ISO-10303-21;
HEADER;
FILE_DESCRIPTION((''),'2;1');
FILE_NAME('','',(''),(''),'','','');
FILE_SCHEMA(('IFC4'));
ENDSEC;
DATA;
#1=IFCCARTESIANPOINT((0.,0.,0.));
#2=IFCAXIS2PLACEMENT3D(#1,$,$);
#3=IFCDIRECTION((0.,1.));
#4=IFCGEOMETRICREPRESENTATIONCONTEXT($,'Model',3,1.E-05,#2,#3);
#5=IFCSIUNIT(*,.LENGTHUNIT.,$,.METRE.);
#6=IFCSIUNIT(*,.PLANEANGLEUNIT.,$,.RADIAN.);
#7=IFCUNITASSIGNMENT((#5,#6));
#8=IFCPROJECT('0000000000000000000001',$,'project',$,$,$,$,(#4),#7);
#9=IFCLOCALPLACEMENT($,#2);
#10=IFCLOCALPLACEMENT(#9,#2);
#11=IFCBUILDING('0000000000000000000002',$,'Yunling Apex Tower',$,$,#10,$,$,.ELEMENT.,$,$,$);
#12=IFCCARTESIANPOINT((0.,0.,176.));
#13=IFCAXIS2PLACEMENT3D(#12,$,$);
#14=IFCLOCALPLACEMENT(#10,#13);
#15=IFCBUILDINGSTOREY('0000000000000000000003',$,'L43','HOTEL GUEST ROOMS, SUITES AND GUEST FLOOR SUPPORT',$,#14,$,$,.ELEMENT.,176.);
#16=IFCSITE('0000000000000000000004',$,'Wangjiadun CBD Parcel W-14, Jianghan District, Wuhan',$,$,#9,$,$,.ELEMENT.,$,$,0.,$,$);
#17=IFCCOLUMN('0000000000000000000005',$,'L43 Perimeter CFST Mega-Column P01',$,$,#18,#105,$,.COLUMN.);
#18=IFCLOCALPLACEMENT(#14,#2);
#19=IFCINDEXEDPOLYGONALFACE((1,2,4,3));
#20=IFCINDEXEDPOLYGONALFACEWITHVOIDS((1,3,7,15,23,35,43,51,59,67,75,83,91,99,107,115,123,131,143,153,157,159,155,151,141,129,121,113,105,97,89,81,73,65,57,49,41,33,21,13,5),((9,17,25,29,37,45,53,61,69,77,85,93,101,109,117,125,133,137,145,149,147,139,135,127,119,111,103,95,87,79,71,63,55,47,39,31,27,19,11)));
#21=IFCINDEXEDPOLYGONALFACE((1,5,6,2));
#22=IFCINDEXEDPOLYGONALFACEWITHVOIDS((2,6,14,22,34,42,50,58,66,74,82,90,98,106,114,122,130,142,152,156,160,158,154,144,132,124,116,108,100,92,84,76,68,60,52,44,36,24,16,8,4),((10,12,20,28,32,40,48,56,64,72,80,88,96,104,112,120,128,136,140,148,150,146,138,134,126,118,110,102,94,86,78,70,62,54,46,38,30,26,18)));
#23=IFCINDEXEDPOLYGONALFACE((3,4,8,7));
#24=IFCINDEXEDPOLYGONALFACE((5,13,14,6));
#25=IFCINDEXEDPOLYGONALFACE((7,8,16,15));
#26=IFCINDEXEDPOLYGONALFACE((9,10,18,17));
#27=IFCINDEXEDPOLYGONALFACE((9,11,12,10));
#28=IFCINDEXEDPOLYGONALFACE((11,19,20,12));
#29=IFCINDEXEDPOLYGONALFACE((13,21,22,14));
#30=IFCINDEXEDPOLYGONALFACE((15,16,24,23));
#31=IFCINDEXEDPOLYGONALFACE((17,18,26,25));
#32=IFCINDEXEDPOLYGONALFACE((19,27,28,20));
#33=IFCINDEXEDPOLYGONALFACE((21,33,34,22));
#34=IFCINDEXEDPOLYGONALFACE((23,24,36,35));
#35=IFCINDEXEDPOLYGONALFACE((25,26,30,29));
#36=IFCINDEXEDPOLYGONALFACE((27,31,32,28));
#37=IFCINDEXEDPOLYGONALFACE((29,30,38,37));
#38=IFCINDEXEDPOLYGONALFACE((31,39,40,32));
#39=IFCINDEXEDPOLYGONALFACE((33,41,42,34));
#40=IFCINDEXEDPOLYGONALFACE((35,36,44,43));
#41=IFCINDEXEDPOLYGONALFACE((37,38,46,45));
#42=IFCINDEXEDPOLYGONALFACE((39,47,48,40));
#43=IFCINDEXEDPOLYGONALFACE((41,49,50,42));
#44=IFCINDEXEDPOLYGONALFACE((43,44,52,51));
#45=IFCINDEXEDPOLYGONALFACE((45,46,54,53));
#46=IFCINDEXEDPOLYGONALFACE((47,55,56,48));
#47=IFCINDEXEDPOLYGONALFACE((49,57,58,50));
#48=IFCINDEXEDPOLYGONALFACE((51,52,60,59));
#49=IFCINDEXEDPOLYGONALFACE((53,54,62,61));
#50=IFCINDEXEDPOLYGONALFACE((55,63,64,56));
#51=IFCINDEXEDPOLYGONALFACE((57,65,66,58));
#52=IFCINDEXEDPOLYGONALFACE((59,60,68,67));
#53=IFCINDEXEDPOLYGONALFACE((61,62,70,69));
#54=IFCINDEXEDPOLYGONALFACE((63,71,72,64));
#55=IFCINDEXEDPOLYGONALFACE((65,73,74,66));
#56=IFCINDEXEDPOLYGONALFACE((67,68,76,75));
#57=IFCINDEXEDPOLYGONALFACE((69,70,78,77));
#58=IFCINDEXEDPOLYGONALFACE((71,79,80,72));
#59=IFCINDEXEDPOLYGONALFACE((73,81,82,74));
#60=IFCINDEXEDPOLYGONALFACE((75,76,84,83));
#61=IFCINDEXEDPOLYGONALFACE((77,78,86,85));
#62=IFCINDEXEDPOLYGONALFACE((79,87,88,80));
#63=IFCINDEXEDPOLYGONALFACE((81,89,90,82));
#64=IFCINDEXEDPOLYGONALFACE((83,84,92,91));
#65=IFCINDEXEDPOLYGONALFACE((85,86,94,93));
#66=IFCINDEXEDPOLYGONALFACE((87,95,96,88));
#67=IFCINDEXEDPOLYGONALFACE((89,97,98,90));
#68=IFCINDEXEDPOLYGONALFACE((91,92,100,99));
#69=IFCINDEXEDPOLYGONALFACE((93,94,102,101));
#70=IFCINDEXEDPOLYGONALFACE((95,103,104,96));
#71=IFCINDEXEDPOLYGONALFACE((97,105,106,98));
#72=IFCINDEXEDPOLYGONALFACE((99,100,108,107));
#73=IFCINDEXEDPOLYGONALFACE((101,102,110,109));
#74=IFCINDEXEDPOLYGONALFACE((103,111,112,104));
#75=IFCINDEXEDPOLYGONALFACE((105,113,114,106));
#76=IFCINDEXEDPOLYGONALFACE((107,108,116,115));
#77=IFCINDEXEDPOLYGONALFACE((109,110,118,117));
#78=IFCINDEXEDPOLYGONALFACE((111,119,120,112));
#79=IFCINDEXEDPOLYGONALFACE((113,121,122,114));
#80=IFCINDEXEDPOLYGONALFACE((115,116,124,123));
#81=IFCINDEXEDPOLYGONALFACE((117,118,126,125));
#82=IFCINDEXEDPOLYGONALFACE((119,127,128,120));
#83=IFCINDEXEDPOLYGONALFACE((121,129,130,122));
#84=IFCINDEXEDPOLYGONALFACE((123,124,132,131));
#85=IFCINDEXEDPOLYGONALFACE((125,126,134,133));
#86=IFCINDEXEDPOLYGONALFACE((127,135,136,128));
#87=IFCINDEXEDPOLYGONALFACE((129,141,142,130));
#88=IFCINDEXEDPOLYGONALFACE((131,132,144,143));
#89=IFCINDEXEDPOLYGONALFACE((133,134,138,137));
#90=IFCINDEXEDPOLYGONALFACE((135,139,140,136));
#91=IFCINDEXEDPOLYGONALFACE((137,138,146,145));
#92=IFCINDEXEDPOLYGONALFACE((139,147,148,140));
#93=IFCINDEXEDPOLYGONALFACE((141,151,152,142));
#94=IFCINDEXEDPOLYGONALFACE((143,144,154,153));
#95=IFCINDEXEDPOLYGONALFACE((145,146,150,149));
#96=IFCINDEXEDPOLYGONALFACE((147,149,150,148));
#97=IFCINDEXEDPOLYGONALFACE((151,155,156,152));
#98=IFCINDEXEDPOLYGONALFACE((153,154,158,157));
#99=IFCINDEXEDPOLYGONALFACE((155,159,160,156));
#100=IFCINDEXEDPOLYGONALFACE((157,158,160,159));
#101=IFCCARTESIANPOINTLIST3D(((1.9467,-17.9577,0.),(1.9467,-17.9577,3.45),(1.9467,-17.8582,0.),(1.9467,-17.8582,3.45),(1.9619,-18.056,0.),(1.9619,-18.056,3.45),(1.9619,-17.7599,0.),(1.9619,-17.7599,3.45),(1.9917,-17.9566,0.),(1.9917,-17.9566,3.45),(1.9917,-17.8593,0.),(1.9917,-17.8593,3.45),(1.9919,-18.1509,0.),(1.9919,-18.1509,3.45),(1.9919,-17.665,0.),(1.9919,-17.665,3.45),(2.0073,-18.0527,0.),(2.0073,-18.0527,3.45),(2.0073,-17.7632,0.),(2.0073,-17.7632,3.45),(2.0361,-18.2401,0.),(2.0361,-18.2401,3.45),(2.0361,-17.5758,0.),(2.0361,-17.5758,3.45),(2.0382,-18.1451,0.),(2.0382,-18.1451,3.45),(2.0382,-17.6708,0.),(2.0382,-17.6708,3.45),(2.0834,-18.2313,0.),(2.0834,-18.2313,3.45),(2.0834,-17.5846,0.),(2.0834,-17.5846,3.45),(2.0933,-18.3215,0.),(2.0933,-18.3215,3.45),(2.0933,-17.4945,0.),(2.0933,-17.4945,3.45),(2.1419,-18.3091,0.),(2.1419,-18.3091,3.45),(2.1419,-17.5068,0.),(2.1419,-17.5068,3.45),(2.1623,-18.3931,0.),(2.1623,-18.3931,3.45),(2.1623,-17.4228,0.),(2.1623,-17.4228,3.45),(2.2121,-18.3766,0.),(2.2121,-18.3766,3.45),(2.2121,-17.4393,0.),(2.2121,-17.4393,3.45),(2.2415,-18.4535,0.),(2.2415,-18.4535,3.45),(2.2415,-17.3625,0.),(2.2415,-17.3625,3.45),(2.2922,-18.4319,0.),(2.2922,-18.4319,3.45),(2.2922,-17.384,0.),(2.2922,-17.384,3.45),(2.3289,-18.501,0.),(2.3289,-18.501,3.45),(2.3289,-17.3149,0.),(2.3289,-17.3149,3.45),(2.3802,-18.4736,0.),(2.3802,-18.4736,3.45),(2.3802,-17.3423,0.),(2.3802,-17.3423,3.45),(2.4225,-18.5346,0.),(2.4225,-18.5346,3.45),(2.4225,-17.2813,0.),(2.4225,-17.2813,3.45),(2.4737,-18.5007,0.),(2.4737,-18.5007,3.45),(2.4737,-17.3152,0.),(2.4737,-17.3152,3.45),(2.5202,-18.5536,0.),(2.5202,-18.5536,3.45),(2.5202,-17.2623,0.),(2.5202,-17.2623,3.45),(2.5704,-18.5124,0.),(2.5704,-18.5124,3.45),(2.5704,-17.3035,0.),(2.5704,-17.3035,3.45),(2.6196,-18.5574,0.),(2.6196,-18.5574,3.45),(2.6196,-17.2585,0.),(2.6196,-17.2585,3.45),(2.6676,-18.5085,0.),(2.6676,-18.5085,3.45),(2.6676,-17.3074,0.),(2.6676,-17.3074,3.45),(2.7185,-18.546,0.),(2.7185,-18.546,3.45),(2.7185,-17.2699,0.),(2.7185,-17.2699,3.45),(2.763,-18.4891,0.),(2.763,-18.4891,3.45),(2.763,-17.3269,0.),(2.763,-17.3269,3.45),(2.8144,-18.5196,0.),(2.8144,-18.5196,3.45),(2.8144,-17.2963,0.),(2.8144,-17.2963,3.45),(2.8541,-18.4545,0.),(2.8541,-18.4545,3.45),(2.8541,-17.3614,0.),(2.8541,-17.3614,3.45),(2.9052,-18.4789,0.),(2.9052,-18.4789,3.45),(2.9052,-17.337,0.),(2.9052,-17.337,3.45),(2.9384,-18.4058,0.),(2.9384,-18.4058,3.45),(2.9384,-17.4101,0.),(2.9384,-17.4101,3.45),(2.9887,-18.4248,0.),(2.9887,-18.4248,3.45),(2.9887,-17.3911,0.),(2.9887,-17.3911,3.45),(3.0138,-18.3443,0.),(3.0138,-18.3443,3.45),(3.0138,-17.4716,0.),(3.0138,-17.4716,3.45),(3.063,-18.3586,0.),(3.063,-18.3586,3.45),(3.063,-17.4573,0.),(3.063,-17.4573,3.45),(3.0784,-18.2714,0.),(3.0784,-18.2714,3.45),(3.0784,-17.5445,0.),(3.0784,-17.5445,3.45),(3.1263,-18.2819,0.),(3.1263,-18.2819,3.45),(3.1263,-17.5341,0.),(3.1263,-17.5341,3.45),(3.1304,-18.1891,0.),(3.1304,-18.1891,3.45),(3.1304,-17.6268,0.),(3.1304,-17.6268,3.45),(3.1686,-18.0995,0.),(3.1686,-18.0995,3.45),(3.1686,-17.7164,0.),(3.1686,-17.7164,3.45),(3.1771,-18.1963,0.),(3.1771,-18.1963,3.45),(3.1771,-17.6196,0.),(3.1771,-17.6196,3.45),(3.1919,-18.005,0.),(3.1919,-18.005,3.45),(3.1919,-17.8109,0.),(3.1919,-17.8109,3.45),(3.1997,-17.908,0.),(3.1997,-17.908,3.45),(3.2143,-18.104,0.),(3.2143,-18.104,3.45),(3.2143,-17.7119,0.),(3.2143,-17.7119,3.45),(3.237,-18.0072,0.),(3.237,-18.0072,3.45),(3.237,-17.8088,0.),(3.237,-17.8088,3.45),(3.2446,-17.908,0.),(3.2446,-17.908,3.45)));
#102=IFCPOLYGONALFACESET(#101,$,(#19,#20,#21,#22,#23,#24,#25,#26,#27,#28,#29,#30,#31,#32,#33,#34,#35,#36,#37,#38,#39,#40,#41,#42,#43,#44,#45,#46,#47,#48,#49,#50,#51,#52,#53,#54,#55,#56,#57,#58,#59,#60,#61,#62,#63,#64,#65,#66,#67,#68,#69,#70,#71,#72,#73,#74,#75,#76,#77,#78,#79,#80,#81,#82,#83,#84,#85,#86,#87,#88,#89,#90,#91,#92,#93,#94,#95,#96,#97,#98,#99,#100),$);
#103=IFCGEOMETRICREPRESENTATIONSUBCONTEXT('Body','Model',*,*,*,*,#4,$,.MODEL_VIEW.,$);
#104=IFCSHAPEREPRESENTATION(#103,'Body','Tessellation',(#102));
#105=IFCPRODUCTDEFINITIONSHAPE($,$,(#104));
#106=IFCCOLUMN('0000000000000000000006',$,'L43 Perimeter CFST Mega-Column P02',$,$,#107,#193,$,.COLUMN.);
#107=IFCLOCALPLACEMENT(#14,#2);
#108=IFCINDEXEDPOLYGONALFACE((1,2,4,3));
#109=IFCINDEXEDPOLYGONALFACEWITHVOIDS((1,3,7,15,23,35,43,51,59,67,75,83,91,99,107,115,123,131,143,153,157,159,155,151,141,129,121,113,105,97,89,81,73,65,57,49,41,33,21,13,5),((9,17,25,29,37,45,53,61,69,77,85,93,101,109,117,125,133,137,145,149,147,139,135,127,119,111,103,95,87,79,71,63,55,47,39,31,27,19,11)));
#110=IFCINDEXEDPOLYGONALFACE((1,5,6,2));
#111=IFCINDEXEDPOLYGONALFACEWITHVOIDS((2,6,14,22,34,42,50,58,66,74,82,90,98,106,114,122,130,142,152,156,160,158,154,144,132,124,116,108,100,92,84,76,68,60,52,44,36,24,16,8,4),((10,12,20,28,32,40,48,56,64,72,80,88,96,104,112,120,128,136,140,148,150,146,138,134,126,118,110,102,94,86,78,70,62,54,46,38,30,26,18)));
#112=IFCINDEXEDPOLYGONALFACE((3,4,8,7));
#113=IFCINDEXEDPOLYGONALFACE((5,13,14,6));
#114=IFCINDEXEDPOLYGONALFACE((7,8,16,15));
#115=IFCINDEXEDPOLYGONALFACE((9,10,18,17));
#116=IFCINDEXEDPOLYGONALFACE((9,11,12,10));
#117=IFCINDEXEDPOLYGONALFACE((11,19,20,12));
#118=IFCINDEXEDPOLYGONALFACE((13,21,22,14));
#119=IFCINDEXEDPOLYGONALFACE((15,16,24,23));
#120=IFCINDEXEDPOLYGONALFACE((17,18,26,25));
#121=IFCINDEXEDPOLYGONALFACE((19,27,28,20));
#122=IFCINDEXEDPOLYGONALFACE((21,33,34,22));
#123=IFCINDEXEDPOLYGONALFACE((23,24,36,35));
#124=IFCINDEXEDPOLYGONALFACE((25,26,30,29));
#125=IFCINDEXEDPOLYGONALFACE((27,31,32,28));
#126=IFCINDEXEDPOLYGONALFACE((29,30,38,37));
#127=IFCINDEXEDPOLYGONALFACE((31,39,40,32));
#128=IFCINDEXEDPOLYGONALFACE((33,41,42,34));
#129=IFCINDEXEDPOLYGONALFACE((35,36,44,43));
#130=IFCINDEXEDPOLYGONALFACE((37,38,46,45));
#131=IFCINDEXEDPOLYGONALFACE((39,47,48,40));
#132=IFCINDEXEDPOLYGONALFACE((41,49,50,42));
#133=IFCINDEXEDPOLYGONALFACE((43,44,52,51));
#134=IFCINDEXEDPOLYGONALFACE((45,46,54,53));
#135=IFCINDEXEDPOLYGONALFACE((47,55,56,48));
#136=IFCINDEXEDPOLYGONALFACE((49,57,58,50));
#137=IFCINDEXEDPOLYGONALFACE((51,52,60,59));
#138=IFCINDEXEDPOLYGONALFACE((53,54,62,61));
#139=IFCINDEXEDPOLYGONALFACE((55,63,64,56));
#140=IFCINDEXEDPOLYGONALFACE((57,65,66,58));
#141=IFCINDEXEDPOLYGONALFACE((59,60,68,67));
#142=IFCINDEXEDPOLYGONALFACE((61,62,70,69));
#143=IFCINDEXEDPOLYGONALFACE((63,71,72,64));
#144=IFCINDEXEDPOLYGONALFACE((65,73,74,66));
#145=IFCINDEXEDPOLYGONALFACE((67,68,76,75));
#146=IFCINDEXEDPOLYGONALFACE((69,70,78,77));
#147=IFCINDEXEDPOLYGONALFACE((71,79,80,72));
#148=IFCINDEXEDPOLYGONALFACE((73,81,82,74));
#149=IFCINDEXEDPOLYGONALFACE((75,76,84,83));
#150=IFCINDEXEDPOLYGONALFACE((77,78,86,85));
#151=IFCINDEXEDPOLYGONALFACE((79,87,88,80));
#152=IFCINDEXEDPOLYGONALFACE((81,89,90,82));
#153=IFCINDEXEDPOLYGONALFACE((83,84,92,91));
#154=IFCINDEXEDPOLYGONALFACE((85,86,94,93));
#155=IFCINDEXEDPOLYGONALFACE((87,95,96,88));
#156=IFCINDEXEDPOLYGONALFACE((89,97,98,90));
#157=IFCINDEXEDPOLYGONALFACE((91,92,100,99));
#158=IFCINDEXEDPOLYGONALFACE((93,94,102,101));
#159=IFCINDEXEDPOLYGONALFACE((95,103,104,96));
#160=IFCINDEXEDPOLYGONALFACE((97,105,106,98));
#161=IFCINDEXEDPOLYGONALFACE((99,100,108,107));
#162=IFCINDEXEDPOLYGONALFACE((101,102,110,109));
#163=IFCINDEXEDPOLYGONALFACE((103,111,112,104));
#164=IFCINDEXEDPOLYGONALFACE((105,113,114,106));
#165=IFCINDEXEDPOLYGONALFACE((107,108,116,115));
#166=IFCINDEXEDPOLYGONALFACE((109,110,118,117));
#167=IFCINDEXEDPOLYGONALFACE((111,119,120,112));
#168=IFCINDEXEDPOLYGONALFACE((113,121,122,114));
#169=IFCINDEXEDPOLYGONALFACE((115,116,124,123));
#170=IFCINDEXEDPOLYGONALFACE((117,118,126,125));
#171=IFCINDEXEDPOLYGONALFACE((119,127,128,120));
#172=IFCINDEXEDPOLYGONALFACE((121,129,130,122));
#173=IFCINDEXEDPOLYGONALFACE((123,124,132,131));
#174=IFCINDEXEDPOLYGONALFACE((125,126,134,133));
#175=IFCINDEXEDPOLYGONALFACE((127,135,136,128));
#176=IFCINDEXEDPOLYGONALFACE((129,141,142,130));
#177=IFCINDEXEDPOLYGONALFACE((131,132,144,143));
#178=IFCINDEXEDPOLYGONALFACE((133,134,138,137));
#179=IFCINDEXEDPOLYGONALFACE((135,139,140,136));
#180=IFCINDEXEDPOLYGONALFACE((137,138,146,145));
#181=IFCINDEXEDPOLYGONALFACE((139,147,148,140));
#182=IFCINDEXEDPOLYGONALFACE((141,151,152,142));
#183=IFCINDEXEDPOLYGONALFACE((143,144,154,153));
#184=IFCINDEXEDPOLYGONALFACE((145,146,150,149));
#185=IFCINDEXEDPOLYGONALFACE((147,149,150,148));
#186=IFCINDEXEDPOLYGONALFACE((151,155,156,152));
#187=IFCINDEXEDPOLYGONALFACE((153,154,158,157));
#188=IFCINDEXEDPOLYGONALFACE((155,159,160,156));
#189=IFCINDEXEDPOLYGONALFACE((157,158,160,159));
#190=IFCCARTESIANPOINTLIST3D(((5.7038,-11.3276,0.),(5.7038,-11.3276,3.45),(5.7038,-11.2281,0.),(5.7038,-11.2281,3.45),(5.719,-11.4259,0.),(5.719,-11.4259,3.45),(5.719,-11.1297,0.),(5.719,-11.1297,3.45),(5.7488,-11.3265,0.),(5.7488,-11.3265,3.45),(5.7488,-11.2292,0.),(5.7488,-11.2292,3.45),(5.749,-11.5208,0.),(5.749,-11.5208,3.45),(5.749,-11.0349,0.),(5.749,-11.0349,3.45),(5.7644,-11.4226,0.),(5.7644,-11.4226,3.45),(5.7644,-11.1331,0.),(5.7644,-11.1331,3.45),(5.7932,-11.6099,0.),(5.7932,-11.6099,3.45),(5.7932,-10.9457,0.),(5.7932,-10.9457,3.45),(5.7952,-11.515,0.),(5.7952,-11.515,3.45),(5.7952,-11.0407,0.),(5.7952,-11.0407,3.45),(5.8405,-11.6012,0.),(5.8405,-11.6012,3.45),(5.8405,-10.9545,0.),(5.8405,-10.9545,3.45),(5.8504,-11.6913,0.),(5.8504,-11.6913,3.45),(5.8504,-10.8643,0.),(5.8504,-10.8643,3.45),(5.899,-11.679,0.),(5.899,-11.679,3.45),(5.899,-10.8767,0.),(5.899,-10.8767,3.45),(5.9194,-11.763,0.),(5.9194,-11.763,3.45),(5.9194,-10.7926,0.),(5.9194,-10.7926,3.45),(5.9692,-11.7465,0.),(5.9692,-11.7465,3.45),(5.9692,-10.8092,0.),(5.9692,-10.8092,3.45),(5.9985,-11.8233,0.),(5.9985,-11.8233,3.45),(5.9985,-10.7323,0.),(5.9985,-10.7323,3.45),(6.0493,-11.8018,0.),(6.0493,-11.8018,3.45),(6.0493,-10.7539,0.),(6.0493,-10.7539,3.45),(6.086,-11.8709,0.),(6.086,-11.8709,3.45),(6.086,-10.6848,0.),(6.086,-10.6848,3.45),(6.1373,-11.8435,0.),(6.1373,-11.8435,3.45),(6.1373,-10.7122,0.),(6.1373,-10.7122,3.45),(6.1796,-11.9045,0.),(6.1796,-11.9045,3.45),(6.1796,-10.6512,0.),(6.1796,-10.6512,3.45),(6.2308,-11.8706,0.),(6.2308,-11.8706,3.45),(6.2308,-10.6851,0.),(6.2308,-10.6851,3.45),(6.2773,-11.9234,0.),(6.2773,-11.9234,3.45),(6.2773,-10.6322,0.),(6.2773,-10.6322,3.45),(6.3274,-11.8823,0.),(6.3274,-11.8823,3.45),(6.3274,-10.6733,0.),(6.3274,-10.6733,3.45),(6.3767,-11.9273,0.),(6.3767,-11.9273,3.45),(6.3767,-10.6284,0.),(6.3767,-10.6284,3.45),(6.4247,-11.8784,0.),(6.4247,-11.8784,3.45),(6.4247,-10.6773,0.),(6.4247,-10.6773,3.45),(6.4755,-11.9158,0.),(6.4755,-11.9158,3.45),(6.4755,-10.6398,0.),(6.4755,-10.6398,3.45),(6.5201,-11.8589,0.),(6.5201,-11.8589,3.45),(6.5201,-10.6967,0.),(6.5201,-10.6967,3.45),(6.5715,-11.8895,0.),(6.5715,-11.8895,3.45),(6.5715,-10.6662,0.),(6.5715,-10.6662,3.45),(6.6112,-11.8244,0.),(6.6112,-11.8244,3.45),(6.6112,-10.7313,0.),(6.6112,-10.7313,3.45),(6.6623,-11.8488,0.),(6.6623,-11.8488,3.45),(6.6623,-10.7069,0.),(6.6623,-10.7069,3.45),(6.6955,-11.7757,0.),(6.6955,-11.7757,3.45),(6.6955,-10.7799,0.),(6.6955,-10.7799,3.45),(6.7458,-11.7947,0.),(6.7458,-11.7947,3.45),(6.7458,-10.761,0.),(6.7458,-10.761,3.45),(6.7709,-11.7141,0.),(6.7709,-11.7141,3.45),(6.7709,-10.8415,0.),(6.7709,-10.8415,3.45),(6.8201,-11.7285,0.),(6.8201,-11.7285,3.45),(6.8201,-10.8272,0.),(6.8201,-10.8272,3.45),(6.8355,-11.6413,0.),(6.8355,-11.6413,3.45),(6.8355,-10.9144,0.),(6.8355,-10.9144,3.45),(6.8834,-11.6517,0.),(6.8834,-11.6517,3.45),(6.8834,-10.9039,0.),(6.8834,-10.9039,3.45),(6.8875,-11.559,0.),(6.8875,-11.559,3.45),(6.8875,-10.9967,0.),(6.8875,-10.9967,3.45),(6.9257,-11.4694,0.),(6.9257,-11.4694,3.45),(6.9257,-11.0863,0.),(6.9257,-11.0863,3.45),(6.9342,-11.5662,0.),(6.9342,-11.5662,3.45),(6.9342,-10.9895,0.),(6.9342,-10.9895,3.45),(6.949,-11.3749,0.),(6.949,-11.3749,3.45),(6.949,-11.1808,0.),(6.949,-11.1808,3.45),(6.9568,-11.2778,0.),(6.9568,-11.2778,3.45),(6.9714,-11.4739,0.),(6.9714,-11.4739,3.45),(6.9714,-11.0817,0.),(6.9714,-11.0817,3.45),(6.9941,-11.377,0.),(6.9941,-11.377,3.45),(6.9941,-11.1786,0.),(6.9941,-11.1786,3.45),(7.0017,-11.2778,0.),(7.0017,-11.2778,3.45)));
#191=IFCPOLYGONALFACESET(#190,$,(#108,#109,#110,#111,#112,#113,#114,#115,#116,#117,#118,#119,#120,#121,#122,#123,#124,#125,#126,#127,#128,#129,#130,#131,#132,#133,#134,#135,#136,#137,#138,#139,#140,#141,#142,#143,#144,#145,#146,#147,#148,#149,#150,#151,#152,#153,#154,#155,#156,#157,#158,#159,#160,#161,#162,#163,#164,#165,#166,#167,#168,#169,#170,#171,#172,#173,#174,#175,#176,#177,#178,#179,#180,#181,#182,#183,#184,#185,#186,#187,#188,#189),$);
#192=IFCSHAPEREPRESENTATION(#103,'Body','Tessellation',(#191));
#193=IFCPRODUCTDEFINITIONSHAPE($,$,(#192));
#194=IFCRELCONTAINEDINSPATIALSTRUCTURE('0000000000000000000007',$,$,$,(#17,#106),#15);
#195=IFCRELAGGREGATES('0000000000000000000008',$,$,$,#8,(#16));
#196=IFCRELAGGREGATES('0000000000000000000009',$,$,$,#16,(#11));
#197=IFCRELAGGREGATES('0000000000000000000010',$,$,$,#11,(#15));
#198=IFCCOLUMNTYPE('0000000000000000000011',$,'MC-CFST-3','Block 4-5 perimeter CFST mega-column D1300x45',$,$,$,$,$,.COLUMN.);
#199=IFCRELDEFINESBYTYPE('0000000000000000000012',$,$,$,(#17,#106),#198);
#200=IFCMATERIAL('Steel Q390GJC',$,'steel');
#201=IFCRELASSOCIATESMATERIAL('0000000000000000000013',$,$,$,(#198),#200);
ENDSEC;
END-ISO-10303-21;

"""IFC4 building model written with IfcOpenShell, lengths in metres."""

from ifc_helpers import new_model, si_unit, direction, frame, origin, origin_2d, place, context, subcontext, project, spatial, hollow_circle, extrude, source, transform, mapped, material, material_profile, profile_set, type_object, element, save


model = new_model("IFC4")

# Units and contexts
model_context = context("Model", 3, precision=1e-05, world=origin(), true_north=direction((0.0, 1.0)))
body_context = subcontext(model_context, "Body", "Model", "MODEL_VIEW")
ifc_project = project(units=[si_unit("LENGTHUNIT", "METRE"), si_unit("PLANEANGLEUNIT", "RADIAN")], contexts=[model_context])

# Site, building, storey
site_placement = place(None, origin())
site = spatial("IfcSite", under=ifc_project, at=site_placement, Name="Wangjiadun CBD Parcel W-14, Jianghan District, Wuhan", CompositionType="ELEMENT", RefElevation=0.0)
building_placement = place(site_placement, origin())
building = spatial("IfcBuilding", under=site, at=building_placement, Name="Yunling Apex Tower", CompositionType="ELEMENT")
storey_placement = place(building_placement, frame((0.0, 0.0, 176.0)))
storey = spatial("IfcBuildingStorey", under=building, at=storey_placement, Name="L43", Description="HOTEL GUEST ROOMS, SUITES AND GUEST FLOOR SUPPORT", CompositionType="ELEMENT", Elevation=176.0)

# Columns
ifc_material_1 = material(Name="Steel Q390GJC", Category="steel")
ifc_material_profile_1 = material_profile(ifc_material_1, hollow_circle(Radius=0.6499, WallThickness=0.0449, at=origin_2d()))
ifc_profile_set_1 = profile_set([ifc_material_profile_1], Name="Steel Q390GJC")
column_type = type_object("IfcColumnType", Name="MC-CFST-3", Description="Block 4-5 perimeter CFST mega-column D1300x45", PredefinedType="COLUMN", material=ifc_profile_set_1)
shared_shape_1 = source(origin(), body_context, "Body", "SweptSolid", [
    extrude(hollow_circle(Radius=0.6499, WallThickness=0.0449, at=origin_2d()), origin(), (0.0, 0.0, 1.0), 3.45),
])
for number, where, z_axis, x_axis, name in (
    (1, (2.5947, -17.908, 0.0), (0.0, 0.0, 1.0), (1.0, 0.0, 0.0), "L43 Perimeter CFST Mega-Column P01"),
    (2, (6.3518, -11.2778, 0.0), (0.0, 0.0, 1.0), (1.0, 0.0, 0.0), "L43 Perimeter CFST Mega-Column P02"),
):
    element("IfcColumn", number, at=place(storey_placement, frame(where, z_axis=z_axis, x_axis=x_axis)), inside=storey, type_object=column_type, Name=name, PredefinedType="COLUMN", context=body_context, shape_type="MappedRepresentation", body=[
        mapped(shared_shape_1, transform((0.0, 0.0, 0.0), scale=1.0)),
    ])

save(model, "model.ifc")
